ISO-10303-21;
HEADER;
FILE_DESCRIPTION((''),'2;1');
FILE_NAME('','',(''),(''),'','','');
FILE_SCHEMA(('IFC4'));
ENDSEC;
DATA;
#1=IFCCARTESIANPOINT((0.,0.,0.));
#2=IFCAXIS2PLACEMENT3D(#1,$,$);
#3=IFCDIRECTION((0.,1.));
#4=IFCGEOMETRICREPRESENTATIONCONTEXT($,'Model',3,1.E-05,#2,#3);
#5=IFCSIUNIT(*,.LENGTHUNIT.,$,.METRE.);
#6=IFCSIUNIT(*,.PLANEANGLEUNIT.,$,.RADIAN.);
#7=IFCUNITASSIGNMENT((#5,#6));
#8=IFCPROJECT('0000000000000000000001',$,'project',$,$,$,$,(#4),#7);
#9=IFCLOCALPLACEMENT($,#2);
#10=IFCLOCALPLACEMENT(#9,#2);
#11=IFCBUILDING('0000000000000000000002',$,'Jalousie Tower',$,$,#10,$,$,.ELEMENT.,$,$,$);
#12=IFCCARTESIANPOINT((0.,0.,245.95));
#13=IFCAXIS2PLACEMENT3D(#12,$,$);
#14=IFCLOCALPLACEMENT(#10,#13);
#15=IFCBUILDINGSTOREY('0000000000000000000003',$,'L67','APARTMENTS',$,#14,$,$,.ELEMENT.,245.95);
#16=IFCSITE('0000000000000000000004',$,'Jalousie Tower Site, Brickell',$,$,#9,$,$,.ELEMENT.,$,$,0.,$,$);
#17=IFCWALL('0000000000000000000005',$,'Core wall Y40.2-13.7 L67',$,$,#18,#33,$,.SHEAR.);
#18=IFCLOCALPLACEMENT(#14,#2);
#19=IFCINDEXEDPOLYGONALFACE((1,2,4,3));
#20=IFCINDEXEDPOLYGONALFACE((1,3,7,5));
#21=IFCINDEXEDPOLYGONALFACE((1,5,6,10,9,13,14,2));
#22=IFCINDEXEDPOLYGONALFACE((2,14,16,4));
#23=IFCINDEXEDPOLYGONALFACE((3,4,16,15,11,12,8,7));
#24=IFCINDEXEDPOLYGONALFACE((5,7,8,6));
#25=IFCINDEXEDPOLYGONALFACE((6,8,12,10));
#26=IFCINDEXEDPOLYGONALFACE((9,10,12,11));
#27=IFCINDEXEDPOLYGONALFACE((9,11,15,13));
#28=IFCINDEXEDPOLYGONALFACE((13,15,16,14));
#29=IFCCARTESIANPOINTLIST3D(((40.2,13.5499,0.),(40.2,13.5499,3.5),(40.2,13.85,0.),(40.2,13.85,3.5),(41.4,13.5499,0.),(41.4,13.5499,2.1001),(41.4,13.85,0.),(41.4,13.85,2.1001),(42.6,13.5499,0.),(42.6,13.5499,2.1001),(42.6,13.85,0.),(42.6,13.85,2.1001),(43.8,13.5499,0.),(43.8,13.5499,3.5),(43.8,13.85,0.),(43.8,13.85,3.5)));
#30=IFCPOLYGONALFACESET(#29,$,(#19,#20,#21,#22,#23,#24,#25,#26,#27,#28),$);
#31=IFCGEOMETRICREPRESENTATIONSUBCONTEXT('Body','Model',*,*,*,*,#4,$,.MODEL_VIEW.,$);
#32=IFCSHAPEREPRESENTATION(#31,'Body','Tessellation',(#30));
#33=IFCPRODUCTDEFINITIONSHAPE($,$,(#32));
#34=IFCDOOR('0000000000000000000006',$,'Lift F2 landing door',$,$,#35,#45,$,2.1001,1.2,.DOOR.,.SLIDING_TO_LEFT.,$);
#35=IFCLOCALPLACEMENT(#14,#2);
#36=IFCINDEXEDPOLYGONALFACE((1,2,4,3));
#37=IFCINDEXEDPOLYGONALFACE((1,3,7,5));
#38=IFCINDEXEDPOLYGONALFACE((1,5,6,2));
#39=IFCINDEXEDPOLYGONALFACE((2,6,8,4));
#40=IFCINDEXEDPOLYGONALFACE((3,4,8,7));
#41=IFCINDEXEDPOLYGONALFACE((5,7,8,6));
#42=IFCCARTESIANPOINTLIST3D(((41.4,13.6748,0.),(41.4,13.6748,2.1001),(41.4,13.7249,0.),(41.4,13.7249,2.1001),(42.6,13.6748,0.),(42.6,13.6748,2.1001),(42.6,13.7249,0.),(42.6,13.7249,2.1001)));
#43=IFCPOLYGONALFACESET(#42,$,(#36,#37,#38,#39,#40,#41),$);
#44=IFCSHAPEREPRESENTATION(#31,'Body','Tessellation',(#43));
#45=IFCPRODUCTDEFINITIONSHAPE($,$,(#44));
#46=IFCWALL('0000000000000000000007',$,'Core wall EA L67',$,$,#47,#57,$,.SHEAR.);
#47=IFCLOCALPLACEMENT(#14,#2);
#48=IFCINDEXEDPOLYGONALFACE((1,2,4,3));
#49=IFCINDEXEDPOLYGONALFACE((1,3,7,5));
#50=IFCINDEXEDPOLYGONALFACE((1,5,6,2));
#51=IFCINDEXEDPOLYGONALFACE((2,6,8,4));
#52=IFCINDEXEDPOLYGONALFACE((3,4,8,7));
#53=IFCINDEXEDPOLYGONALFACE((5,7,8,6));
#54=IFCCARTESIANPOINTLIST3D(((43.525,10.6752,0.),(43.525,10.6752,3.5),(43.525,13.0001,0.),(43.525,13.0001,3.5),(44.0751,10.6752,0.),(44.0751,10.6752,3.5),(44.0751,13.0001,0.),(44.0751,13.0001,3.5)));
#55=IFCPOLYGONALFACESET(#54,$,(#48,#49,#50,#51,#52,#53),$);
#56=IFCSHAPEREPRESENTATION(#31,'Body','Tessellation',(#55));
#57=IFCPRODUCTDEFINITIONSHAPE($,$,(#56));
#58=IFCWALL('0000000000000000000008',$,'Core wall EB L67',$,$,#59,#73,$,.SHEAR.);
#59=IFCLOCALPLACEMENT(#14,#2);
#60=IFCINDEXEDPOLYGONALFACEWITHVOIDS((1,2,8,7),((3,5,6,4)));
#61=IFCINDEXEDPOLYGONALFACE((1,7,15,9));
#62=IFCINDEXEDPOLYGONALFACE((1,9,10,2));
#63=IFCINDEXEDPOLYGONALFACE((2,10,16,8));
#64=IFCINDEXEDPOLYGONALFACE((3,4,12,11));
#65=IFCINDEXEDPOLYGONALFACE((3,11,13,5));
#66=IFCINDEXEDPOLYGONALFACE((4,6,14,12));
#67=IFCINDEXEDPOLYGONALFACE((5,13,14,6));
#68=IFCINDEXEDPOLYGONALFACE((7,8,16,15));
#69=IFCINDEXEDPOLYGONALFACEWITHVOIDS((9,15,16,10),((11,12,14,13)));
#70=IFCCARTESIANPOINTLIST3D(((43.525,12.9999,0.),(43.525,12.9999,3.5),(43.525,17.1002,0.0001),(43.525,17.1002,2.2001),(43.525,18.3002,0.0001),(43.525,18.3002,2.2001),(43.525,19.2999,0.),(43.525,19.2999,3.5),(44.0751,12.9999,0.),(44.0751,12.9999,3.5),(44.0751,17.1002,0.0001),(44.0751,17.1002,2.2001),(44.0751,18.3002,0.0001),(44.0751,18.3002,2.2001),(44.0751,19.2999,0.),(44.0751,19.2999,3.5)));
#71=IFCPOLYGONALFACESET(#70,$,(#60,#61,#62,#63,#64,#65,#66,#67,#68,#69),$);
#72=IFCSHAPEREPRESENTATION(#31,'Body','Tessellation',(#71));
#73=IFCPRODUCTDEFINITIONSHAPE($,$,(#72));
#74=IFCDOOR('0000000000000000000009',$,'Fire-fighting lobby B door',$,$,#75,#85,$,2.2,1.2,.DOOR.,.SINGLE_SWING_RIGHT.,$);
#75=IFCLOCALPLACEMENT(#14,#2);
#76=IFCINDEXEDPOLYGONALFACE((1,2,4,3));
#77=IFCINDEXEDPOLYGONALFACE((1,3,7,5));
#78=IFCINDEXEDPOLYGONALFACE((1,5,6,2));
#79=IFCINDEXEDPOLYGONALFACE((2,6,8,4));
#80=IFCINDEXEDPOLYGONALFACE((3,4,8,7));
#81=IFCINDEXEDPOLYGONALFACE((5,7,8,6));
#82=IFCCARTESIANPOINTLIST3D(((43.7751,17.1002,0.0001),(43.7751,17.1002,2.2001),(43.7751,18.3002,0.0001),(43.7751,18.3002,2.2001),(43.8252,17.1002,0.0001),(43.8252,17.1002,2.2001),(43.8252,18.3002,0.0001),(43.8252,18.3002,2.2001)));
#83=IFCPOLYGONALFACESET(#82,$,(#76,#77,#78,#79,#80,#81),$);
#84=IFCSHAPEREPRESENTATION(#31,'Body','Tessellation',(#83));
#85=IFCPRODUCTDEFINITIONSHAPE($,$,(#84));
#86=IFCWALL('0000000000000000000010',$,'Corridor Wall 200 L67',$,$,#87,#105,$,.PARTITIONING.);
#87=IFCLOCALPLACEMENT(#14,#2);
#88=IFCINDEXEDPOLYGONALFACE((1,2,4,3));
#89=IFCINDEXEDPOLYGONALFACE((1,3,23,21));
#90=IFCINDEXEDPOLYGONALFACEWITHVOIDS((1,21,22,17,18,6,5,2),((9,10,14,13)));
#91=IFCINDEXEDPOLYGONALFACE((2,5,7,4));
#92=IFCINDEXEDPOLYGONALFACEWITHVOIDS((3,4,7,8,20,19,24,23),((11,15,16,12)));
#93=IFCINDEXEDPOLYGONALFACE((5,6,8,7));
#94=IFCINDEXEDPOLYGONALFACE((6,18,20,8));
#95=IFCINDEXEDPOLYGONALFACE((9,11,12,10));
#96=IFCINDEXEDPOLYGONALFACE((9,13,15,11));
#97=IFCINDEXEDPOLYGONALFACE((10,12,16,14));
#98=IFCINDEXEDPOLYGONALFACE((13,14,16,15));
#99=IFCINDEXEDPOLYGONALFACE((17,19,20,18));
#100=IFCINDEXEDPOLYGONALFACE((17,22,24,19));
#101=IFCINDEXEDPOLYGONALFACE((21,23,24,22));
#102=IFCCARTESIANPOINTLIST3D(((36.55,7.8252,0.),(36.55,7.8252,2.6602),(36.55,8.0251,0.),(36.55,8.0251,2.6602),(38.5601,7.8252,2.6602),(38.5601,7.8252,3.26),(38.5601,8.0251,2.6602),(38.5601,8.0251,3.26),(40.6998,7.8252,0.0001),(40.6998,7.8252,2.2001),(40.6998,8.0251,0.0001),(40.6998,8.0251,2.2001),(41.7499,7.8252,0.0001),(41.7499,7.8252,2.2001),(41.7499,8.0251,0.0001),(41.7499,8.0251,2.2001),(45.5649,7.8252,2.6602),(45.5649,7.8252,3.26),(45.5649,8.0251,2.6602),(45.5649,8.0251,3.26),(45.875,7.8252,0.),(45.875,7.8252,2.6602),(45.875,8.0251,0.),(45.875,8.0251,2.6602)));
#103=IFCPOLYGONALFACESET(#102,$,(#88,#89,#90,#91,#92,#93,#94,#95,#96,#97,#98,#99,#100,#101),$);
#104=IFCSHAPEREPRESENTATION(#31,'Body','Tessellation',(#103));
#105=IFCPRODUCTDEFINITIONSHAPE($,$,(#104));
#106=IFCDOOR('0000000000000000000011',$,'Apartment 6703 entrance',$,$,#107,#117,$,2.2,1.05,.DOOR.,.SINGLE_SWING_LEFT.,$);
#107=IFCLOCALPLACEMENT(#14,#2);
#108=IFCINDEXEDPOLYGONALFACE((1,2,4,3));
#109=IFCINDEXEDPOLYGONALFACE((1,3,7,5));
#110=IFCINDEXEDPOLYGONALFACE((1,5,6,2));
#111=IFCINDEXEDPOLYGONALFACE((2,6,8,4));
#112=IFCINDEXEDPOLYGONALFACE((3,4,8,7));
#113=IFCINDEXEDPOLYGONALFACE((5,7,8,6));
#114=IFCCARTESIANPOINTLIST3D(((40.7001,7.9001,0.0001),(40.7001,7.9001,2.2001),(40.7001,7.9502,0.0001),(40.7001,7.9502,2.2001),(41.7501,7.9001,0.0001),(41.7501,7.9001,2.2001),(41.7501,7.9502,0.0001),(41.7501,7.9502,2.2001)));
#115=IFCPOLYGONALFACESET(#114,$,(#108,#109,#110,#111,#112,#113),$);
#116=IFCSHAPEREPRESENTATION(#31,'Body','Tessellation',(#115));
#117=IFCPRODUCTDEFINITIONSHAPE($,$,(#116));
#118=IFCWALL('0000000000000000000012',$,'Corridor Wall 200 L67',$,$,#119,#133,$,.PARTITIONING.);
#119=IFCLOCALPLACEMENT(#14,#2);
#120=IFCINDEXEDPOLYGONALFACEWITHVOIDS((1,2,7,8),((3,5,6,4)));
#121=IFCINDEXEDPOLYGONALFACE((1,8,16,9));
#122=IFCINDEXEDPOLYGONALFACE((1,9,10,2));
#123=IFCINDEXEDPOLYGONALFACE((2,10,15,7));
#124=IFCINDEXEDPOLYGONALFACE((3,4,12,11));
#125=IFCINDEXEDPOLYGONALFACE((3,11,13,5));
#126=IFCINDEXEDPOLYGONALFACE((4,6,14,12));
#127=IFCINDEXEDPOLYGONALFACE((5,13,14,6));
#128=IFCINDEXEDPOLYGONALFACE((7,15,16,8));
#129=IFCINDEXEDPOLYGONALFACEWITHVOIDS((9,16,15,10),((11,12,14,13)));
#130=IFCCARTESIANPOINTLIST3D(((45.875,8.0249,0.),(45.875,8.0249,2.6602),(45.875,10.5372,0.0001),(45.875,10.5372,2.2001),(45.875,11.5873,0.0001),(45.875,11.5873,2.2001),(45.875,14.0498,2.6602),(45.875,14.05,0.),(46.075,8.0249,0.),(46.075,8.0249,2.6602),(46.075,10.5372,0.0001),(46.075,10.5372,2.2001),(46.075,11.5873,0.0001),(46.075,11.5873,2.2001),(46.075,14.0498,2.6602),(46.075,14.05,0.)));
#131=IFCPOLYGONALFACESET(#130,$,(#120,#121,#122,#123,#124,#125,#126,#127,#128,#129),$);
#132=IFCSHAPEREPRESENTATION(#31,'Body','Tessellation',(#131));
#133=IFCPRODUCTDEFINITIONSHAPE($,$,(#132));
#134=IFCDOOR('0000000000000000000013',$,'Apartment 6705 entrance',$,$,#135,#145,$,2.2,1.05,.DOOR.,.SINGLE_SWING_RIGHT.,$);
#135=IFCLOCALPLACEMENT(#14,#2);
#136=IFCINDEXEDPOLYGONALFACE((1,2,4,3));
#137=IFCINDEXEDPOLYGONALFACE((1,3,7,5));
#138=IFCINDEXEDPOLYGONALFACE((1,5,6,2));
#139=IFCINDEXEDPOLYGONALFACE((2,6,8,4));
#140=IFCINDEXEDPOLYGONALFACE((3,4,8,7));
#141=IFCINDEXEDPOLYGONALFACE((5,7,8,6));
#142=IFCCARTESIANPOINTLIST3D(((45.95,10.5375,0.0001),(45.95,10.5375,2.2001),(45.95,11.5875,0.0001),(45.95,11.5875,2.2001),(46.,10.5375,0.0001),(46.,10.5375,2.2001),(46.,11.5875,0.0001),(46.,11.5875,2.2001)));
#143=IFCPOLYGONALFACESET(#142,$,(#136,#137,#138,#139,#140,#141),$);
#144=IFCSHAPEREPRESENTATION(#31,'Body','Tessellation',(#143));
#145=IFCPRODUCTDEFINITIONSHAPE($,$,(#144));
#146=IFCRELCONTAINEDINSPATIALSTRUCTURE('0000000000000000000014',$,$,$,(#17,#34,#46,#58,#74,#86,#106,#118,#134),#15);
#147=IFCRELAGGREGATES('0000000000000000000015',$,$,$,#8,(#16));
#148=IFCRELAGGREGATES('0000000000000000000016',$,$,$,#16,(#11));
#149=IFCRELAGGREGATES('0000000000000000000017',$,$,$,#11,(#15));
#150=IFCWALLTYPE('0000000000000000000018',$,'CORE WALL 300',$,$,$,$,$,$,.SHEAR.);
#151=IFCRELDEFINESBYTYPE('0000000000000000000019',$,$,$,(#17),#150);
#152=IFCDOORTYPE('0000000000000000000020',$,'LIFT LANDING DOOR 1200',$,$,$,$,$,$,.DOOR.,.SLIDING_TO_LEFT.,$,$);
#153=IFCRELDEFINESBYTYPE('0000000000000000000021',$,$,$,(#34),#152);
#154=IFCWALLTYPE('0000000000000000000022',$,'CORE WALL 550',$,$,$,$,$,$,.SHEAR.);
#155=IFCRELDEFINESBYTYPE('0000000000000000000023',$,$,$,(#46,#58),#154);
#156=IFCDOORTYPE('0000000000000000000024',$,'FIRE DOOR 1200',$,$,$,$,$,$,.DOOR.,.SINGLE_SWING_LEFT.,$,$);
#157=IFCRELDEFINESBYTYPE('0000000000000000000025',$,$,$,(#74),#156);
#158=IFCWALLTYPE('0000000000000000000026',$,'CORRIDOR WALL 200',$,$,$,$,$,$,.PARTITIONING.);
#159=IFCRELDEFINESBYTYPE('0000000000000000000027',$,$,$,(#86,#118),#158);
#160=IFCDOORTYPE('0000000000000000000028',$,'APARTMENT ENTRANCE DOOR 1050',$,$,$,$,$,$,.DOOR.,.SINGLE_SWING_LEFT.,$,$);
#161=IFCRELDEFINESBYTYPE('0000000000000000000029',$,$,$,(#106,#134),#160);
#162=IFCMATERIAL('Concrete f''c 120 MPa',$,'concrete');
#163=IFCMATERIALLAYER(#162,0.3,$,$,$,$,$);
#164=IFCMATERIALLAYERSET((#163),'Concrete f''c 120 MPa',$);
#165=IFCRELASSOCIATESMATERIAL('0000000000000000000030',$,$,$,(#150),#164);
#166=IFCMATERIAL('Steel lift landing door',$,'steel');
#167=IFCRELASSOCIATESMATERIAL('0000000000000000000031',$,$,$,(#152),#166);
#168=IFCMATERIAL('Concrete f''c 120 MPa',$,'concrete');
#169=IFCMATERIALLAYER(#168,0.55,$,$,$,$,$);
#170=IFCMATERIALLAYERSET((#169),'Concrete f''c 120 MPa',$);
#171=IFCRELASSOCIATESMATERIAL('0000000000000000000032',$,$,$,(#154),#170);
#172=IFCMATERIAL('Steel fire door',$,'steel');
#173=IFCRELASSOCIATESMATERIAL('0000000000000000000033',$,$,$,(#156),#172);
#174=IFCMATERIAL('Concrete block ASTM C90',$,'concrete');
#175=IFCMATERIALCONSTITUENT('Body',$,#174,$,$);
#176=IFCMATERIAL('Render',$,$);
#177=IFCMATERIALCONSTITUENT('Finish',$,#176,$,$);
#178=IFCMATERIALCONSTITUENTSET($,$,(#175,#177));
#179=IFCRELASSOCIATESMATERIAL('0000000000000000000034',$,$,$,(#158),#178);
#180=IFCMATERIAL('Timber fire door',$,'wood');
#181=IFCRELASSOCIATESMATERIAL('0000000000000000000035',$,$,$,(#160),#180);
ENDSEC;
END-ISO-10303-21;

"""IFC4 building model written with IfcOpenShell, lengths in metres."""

from ifc_helpers import new_model, si_unit, direction, frame, frame_2d, origin, place, context, subcontext, project, spatial, polyline, rectangle, outline, extrude, material, layer, layer_set, constituent, constituent_set, type_object, element, fill, save


model = new_model("IFC4")

# Units and contexts
model_context = context("Model", 3, precision=1e-05, world=origin(), true_north=direction((0.0, 1.0)))
body_context = subcontext(model_context, "Body", "Model", "MODEL_VIEW")
ifc_project = project(units=[si_unit("LENGTHUNIT", "METRE"), si_unit("PLANEANGLEUNIT", "RADIAN")], contexts=[model_context])

# Site, building, storey
site_placement = place(None, origin())
site = spatial("IfcSite", under=ifc_project, at=site_placement, Name="Jalousie Tower Site, Brickell", CompositionType="ELEMENT", RefElevation=0.0)
building_placement = place(site_placement, origin())
building = spatial("IfcBuilding", under=site, at=building_placement, Name="Jalousie Tower", CompositionType="ELEMENT")
storey_placement = place(building_placement, frame((0.0, 0.0, 245.95)))
storey = spatial("IfcBuildingStorey", under=building, at=storey_placement, Name="L67", Description="APARTMENTS", CompositionType="ELEMENT", Elevation=245.95)

# Shared definitions
ifc_material_1 = material(Name="Concrete f'c 120 MPa", Category="concrete")
ifc_layer_1 = layer(ifc_material_1, 0.3)
ifc_layer_set_1 = layer_set([ifc_layer_1], Name="Concrete f'c 120 MPa")
wall_type_1 = type_object("IfcWallType", Name="CORE WALL 300", PredefinedType="SHEAR", material=ifc_layer_set_1)

# Wall, opening, door
wall_1_placement = place(storey_placement, frame((40.2, 13.7, 0.0), z_axis=(0.0, 0.0, 1.0), x_axis=(1.0, 0.0, 0.0)))
wall_1 = element("IfcWall", 1, at=wall_1_placement, inside=storey, type_object=wall_type_1, Name="Core wall Y40.2-13.7 L67", PredefinedType="SHEAR", context=body_context, shape_type="SweptSolid", body=[
    extrude(rectangle(XDim=3.6001, YDim=0.3, at=frame_2d((1.8, 0.0))), origin(), (0.0, 0.0, 1.0), 3.5),
])
opening_1_placement = place(wall_1_placement, frame((1.2, 0.0, 0.0)))
opening_1 = element("IfcOpeningElement", 2, at=opening_1_placement, cuts=wall_1, PredefinedType="OPENING", context=body_context, shape_type="SweptSolid", body=[
    extrude(rectangle(XDim=1.2, YDim=2.1001, at=frame_2d((0.6001, 1.05))), frame((0.0, 0.1599, 0.0), z_axis=(0.0, -1.0, 0.0), x_axis=(1.0, 0.0, 0.0)), (0.0, 0.0, 1.0), 0.3201),
])
ifc_material_2 = material(Name="Steel lift landing door", Category="steel")
door_type_1 = type_object("IfcDoorType", Name="LIFT LANDING DOOR 1200", OperationType="SLIDING_TO_LEFT", PredefinedType="DOOR", material=ifc_material_2)
door_1_placement = place(opening_1_placement, origin())
door_1 = element("IfcDoor", 3, at=door_1_placement, inside=storey, type_object=door_type_1, Name="Lift F2 landing door", OperationType="SLIDING_TO_LEFT", OverallHeight=2.1001, OverallWidth=1.2, PredefinedType="DOOR", context=body_context, shape_type="SweptSolid", body=[
    extrude(rectangle(XDim=1.2, YDim=2.1001, at=frame_2d((0.6001, 1.05))), frame((0.0, 0.0249, 0.0), z_axis=(0.0, -1.0, 0.0), x_axis=(1.0, 0.0, 0.0)), (0.0, 0.0, 1.0), 0.05),
])
fill(opening_1, door_1)

# Wall
ifc_material_3 = material(Name="Concrete f'c 120 MPa", Category="concrete")
ifc_layer_2 = layer(ifc_material_3, 0.55)
ifc_layer_set_2 = layer_set([ifc_layer_2], Name="Concrete f'c 120 MPa")
wall_type_2 = type_object("IfcWallType", Name="CORE WALL 550", PredefinedType="SHEAR", material=ifc_layer_set_2)
wall_2_placement = place(storey_placement, frame((43.8, 10.675, 0.0), z_axis=(0.0, 0.0, 1.0), x_axis=(0.0, 1.0, 0.0)))
element("IfcWall", 4, at=wall_2_placement, inside=storey, type_object=wall_type_2, Name="Core wall EA L67", PredefinedType="SHEAR", context=body_context, shape_type="SweptSolid", body=[
    extrude(rectangle(XDim=2.325, YDim=0.55, at=frame_2d((1.1626, 0.0))), origin(), (0.0, 0.0, 1.0), 3.5),
])

# Walls, openings, doors
wall_3_placement = place(storey_placement, frame((43.8, 13.0, 0.0), z_axis=(0.0, 0.0, 1.0), x_axis=(0.0, 1.0, 0.0)))
wall_3 = element("IfcWall", 5, at=wall_3_placement, inside=storey, type_object=wall_type_2, Name="Core wall EB L67", PredefinedType="SHEAR", context=body_context, shape_type="SweptSolid", body=[
    extrude(rectangle(XDim=6.3, YDim=0.55, at=frame_2d((3.1499, 0.0))), origin(), (0.0, 0.0, 1.0), 3.5),
])
opening_2_placement = place(wall_3_placement, frame((4.1001, 0.0, 0.0)))
opening_2 = element("IfcOpeningElement", 6, at=opening_2_placement, cuts=wall_3, PredefinedType="OPENING", context=body_context, shape_type="SweptSolid", body=[
    extrude(rectangle(XDim=1.2, YDim=2.2, at=frame_2d((0.6001, 1.1001))), frame((0.0, 0.2849, 0.0), z_axis=(0.0, -1.0, 0.0), x_axis=(1.0, 0.0, 0.0)), (0.0, 0.0, 1.0), 0.5701),
])
ifc_material_4 = material(Name="Steel fire door", Category="steel")
door_type_2 = type_object("IfcDoorType", Name="FIRE DOOR 1200", OperationType="SINGLE_SWING_LEFT", PredefinedType="DOOR", material=ifc_material_4)
door_2_placement = place(opening_2_placement, origin())
door_2 = element("IfcDoor", 7, at=door_2_placement, inside=storey, type_object=door_type_2, Name="Fire-fighting lobby B door", OperationType="SINGLE_SWING_RIGHT", OverallHeight=2.2, OverallWidth=1.2, PredefinedType="DOOR", context=body_context, shape_type="SweptSolid", body=[
    extrude(rectangle(XDim=1.2, YDim=2.2, at=frame_2d((0.6001, 1.1001))), frame((0.0, 0.0249, 0.0), z_axis=(0.0, -1.0, 0.0), x_axis=(1.0, 0.0, 0.0)), (0.0, 0.0, 1.0), 0.05),
])
fill(opening_2, door_2)
ifc_material_5 = material(Name="Concrete block ASTM C90", Category="concrete")
ifc_constituent_1 = constituent(ifc_material_5, Name="Body")
ifc_material_6 = material(Name="Render")
ifc_constituent_2 = constituent(ifc_material_6, Name="Finish")
ifc_constituent_set_1 = constituent_set(constituents=[ifc_constituent_1, ifc_constituent_2])
wall_type_3 = type_object("IfcWallType", Name="CORRIDOR WALL 200", PredefinedType="PARTITIONING", material=ifc_constituent_set_1)
wall_4_placement = place(storey_placement, frame((36.55, 7.925, 0.0), z_axis=(0.0, 0.0, 1.0), x_axis=(1.0, 0.0, 0.0)))
wall_4 = element("IfcWall", 8, at=wall_4_placement, inside=storey, type_object=wall_type_3, Name="Corridor Wall 200 L67", PredefinedType="PARTITIONING", context=body_context, shape_type="SweptSolid", body=[
    extrude(outline(polyline([(0.0, 0.0), (9.325, 0.0), (9.325, 3.26), (9.325, 2.6602), (9.0149, 2.6602), (9.0149, 3.26), (2.01, 3.26), (2.01, 2.6602), (0.0, 2.6602), (0.0, 3.26), (0.0, 0.0)])), frame((0.0, 0.1001, 0.0), z_axis=(0.0, -1.0, 0.0), x_axis=(1.0, 0.0, 0.0)), (0.0, 0.0, 1.0), 0.2),
])
opening_3_placement = place(wall_4_placement, frame((4.1499, 0.0, 0.0)))
opening_3 = element("IfcOpeningElement", 9, at=opening_3_placement, cuts=wall_4, PredefinedType="OPENING", context=body_context, shape_type="SweptSolid", body=[
    extrude(rectangle(XDim=1.05, YDim=2.2, at=frame_2d((0.5249, 1.1001))), frame((0.0, 0.1099, 0.0), z_axis=(0.0, -1.0, 0.0), x_axis=(1.0, 0.0, 0.0)), (0.0, 0.0, 1.0), 0.22),
])
ifc_material_7 = material(Name="Timber fire door", Category="wood")
door_type_3 = type_object("IfcDoorType", Name="APARTMENT ENTRANCE DOOR 1050", OperationType="SINGLE_SWING_LEFT", PredefinedType="DOOR", material=ifc_material_7)
door_3_placement = place(opening_3_placement, frame((1.05, 0.0, 0.0), z_axis=(0.0, 0.0, 1.0), x_axis=(-1.0, 0.0, 0.0)))
door_3 = element("IfcDoor", 10, at=door_3_placement, inside=storey, type_object=door_type_3, Name="Apartment 6703 entrance", OperationType="SINGLE_SWING_LEFT", OverallHeight=2.2, OverallWidth=1.05, PredefinedType="DOOR", context=body_context, shape_type="SweptSolid", body=[
    extrude(rectangle(XDim=1.05, YDim=2.2, at=frame_2d((0.5249, 1.1001))), frame((0.0, 0.0249, 0.0), z_axis=(0.0, -1.0, 0.0), x_axis=(1.0, 0.0, 0.0)), (0.0, 0.0, 1.0), 0.05),
])
fill(opening_3, door_3)
wall_5_placement = place(storey_placement, frame((45.9751, 8.0249, 0.0), z_axis=(0.0, 0.0, 1.0), x_axis=(0.0, 1.0, 0.0)))
wall_5 = element("IfcWall", 11, at=wall_5_placement, inside=storey, type_object=wall_type_3, Name="Corridor Wall 200 L67", PredefinedType="PARTITIONING", context=body_context, shape_type="SweptSolid", body=[
    extrude(outline(polyline([(0.0, 0.0), (6.0251, 0.0), (6.0249, 3.26), (6.0249, 2.6602), (5.085, 2.6602), (0.0, 2.6602), (0.0, 3.26), (0.0, 0.0)])), frame((0.0, 0.1001, 0.0), z_axis=(0.0, -1.0, 0.0), x_axis=(1.0, 0.0, 0.0)), (0.0, 0.0, 1.0), 0.2),
])
opening_4_placement = place(wall_5_placement, frame((2.5125, 0.0, 0.0)))
opening_4 = element("IfcOpeningElement", 12, at=opening_4_placement, cuts=wall_5, PredefinedType="OPENING", context=body_context, shape_type="SweptSolid", body=[
    extrude(rectangle(XDim=1.05, YDim=2.2, at=frame_2d((0.5249, 1.1001))), frame((0.0, 0.1099, 0.0), z_axis=(0.0, -1.0, 0.0), x_axis=(1.0, 0.0, 0.0)), (0.0, 0.0, 1.0), 0.22),
])
door_4_placement = place(opening_4_placement, frame((1.05, 0.0, 0.0), z_axis=(0.0, 0.0, 1.0), x_axis=(-1.0, 0.0, 0.0)))
door_4 = element("IfcDoor", 13, at=door_4_placement, inside=storey, type_object=door_type_3, Name="Apartment 6705 entrance", OperationType="SINGLE_SWING_RIGHT", OverallHeight=2.2, OverallWidth=1.05, PredefinedType="DOOR", context=body_context, shape_type="SweptSolid", body=[
    extrude(rectangle(XDim=1.05, YDim=2.2, at=frame_2d((0.5249, 1.1001))), frame((0.0, 0.0249, 0.0), z_axis=(0.0, -1.0, 0.0), x_axis=(1.0, 0.0, 0.0)), (0.0, 0.0, 1.0), 0.05),
])
fill(opening_4, door_4)

save(model, "model.ifc")
